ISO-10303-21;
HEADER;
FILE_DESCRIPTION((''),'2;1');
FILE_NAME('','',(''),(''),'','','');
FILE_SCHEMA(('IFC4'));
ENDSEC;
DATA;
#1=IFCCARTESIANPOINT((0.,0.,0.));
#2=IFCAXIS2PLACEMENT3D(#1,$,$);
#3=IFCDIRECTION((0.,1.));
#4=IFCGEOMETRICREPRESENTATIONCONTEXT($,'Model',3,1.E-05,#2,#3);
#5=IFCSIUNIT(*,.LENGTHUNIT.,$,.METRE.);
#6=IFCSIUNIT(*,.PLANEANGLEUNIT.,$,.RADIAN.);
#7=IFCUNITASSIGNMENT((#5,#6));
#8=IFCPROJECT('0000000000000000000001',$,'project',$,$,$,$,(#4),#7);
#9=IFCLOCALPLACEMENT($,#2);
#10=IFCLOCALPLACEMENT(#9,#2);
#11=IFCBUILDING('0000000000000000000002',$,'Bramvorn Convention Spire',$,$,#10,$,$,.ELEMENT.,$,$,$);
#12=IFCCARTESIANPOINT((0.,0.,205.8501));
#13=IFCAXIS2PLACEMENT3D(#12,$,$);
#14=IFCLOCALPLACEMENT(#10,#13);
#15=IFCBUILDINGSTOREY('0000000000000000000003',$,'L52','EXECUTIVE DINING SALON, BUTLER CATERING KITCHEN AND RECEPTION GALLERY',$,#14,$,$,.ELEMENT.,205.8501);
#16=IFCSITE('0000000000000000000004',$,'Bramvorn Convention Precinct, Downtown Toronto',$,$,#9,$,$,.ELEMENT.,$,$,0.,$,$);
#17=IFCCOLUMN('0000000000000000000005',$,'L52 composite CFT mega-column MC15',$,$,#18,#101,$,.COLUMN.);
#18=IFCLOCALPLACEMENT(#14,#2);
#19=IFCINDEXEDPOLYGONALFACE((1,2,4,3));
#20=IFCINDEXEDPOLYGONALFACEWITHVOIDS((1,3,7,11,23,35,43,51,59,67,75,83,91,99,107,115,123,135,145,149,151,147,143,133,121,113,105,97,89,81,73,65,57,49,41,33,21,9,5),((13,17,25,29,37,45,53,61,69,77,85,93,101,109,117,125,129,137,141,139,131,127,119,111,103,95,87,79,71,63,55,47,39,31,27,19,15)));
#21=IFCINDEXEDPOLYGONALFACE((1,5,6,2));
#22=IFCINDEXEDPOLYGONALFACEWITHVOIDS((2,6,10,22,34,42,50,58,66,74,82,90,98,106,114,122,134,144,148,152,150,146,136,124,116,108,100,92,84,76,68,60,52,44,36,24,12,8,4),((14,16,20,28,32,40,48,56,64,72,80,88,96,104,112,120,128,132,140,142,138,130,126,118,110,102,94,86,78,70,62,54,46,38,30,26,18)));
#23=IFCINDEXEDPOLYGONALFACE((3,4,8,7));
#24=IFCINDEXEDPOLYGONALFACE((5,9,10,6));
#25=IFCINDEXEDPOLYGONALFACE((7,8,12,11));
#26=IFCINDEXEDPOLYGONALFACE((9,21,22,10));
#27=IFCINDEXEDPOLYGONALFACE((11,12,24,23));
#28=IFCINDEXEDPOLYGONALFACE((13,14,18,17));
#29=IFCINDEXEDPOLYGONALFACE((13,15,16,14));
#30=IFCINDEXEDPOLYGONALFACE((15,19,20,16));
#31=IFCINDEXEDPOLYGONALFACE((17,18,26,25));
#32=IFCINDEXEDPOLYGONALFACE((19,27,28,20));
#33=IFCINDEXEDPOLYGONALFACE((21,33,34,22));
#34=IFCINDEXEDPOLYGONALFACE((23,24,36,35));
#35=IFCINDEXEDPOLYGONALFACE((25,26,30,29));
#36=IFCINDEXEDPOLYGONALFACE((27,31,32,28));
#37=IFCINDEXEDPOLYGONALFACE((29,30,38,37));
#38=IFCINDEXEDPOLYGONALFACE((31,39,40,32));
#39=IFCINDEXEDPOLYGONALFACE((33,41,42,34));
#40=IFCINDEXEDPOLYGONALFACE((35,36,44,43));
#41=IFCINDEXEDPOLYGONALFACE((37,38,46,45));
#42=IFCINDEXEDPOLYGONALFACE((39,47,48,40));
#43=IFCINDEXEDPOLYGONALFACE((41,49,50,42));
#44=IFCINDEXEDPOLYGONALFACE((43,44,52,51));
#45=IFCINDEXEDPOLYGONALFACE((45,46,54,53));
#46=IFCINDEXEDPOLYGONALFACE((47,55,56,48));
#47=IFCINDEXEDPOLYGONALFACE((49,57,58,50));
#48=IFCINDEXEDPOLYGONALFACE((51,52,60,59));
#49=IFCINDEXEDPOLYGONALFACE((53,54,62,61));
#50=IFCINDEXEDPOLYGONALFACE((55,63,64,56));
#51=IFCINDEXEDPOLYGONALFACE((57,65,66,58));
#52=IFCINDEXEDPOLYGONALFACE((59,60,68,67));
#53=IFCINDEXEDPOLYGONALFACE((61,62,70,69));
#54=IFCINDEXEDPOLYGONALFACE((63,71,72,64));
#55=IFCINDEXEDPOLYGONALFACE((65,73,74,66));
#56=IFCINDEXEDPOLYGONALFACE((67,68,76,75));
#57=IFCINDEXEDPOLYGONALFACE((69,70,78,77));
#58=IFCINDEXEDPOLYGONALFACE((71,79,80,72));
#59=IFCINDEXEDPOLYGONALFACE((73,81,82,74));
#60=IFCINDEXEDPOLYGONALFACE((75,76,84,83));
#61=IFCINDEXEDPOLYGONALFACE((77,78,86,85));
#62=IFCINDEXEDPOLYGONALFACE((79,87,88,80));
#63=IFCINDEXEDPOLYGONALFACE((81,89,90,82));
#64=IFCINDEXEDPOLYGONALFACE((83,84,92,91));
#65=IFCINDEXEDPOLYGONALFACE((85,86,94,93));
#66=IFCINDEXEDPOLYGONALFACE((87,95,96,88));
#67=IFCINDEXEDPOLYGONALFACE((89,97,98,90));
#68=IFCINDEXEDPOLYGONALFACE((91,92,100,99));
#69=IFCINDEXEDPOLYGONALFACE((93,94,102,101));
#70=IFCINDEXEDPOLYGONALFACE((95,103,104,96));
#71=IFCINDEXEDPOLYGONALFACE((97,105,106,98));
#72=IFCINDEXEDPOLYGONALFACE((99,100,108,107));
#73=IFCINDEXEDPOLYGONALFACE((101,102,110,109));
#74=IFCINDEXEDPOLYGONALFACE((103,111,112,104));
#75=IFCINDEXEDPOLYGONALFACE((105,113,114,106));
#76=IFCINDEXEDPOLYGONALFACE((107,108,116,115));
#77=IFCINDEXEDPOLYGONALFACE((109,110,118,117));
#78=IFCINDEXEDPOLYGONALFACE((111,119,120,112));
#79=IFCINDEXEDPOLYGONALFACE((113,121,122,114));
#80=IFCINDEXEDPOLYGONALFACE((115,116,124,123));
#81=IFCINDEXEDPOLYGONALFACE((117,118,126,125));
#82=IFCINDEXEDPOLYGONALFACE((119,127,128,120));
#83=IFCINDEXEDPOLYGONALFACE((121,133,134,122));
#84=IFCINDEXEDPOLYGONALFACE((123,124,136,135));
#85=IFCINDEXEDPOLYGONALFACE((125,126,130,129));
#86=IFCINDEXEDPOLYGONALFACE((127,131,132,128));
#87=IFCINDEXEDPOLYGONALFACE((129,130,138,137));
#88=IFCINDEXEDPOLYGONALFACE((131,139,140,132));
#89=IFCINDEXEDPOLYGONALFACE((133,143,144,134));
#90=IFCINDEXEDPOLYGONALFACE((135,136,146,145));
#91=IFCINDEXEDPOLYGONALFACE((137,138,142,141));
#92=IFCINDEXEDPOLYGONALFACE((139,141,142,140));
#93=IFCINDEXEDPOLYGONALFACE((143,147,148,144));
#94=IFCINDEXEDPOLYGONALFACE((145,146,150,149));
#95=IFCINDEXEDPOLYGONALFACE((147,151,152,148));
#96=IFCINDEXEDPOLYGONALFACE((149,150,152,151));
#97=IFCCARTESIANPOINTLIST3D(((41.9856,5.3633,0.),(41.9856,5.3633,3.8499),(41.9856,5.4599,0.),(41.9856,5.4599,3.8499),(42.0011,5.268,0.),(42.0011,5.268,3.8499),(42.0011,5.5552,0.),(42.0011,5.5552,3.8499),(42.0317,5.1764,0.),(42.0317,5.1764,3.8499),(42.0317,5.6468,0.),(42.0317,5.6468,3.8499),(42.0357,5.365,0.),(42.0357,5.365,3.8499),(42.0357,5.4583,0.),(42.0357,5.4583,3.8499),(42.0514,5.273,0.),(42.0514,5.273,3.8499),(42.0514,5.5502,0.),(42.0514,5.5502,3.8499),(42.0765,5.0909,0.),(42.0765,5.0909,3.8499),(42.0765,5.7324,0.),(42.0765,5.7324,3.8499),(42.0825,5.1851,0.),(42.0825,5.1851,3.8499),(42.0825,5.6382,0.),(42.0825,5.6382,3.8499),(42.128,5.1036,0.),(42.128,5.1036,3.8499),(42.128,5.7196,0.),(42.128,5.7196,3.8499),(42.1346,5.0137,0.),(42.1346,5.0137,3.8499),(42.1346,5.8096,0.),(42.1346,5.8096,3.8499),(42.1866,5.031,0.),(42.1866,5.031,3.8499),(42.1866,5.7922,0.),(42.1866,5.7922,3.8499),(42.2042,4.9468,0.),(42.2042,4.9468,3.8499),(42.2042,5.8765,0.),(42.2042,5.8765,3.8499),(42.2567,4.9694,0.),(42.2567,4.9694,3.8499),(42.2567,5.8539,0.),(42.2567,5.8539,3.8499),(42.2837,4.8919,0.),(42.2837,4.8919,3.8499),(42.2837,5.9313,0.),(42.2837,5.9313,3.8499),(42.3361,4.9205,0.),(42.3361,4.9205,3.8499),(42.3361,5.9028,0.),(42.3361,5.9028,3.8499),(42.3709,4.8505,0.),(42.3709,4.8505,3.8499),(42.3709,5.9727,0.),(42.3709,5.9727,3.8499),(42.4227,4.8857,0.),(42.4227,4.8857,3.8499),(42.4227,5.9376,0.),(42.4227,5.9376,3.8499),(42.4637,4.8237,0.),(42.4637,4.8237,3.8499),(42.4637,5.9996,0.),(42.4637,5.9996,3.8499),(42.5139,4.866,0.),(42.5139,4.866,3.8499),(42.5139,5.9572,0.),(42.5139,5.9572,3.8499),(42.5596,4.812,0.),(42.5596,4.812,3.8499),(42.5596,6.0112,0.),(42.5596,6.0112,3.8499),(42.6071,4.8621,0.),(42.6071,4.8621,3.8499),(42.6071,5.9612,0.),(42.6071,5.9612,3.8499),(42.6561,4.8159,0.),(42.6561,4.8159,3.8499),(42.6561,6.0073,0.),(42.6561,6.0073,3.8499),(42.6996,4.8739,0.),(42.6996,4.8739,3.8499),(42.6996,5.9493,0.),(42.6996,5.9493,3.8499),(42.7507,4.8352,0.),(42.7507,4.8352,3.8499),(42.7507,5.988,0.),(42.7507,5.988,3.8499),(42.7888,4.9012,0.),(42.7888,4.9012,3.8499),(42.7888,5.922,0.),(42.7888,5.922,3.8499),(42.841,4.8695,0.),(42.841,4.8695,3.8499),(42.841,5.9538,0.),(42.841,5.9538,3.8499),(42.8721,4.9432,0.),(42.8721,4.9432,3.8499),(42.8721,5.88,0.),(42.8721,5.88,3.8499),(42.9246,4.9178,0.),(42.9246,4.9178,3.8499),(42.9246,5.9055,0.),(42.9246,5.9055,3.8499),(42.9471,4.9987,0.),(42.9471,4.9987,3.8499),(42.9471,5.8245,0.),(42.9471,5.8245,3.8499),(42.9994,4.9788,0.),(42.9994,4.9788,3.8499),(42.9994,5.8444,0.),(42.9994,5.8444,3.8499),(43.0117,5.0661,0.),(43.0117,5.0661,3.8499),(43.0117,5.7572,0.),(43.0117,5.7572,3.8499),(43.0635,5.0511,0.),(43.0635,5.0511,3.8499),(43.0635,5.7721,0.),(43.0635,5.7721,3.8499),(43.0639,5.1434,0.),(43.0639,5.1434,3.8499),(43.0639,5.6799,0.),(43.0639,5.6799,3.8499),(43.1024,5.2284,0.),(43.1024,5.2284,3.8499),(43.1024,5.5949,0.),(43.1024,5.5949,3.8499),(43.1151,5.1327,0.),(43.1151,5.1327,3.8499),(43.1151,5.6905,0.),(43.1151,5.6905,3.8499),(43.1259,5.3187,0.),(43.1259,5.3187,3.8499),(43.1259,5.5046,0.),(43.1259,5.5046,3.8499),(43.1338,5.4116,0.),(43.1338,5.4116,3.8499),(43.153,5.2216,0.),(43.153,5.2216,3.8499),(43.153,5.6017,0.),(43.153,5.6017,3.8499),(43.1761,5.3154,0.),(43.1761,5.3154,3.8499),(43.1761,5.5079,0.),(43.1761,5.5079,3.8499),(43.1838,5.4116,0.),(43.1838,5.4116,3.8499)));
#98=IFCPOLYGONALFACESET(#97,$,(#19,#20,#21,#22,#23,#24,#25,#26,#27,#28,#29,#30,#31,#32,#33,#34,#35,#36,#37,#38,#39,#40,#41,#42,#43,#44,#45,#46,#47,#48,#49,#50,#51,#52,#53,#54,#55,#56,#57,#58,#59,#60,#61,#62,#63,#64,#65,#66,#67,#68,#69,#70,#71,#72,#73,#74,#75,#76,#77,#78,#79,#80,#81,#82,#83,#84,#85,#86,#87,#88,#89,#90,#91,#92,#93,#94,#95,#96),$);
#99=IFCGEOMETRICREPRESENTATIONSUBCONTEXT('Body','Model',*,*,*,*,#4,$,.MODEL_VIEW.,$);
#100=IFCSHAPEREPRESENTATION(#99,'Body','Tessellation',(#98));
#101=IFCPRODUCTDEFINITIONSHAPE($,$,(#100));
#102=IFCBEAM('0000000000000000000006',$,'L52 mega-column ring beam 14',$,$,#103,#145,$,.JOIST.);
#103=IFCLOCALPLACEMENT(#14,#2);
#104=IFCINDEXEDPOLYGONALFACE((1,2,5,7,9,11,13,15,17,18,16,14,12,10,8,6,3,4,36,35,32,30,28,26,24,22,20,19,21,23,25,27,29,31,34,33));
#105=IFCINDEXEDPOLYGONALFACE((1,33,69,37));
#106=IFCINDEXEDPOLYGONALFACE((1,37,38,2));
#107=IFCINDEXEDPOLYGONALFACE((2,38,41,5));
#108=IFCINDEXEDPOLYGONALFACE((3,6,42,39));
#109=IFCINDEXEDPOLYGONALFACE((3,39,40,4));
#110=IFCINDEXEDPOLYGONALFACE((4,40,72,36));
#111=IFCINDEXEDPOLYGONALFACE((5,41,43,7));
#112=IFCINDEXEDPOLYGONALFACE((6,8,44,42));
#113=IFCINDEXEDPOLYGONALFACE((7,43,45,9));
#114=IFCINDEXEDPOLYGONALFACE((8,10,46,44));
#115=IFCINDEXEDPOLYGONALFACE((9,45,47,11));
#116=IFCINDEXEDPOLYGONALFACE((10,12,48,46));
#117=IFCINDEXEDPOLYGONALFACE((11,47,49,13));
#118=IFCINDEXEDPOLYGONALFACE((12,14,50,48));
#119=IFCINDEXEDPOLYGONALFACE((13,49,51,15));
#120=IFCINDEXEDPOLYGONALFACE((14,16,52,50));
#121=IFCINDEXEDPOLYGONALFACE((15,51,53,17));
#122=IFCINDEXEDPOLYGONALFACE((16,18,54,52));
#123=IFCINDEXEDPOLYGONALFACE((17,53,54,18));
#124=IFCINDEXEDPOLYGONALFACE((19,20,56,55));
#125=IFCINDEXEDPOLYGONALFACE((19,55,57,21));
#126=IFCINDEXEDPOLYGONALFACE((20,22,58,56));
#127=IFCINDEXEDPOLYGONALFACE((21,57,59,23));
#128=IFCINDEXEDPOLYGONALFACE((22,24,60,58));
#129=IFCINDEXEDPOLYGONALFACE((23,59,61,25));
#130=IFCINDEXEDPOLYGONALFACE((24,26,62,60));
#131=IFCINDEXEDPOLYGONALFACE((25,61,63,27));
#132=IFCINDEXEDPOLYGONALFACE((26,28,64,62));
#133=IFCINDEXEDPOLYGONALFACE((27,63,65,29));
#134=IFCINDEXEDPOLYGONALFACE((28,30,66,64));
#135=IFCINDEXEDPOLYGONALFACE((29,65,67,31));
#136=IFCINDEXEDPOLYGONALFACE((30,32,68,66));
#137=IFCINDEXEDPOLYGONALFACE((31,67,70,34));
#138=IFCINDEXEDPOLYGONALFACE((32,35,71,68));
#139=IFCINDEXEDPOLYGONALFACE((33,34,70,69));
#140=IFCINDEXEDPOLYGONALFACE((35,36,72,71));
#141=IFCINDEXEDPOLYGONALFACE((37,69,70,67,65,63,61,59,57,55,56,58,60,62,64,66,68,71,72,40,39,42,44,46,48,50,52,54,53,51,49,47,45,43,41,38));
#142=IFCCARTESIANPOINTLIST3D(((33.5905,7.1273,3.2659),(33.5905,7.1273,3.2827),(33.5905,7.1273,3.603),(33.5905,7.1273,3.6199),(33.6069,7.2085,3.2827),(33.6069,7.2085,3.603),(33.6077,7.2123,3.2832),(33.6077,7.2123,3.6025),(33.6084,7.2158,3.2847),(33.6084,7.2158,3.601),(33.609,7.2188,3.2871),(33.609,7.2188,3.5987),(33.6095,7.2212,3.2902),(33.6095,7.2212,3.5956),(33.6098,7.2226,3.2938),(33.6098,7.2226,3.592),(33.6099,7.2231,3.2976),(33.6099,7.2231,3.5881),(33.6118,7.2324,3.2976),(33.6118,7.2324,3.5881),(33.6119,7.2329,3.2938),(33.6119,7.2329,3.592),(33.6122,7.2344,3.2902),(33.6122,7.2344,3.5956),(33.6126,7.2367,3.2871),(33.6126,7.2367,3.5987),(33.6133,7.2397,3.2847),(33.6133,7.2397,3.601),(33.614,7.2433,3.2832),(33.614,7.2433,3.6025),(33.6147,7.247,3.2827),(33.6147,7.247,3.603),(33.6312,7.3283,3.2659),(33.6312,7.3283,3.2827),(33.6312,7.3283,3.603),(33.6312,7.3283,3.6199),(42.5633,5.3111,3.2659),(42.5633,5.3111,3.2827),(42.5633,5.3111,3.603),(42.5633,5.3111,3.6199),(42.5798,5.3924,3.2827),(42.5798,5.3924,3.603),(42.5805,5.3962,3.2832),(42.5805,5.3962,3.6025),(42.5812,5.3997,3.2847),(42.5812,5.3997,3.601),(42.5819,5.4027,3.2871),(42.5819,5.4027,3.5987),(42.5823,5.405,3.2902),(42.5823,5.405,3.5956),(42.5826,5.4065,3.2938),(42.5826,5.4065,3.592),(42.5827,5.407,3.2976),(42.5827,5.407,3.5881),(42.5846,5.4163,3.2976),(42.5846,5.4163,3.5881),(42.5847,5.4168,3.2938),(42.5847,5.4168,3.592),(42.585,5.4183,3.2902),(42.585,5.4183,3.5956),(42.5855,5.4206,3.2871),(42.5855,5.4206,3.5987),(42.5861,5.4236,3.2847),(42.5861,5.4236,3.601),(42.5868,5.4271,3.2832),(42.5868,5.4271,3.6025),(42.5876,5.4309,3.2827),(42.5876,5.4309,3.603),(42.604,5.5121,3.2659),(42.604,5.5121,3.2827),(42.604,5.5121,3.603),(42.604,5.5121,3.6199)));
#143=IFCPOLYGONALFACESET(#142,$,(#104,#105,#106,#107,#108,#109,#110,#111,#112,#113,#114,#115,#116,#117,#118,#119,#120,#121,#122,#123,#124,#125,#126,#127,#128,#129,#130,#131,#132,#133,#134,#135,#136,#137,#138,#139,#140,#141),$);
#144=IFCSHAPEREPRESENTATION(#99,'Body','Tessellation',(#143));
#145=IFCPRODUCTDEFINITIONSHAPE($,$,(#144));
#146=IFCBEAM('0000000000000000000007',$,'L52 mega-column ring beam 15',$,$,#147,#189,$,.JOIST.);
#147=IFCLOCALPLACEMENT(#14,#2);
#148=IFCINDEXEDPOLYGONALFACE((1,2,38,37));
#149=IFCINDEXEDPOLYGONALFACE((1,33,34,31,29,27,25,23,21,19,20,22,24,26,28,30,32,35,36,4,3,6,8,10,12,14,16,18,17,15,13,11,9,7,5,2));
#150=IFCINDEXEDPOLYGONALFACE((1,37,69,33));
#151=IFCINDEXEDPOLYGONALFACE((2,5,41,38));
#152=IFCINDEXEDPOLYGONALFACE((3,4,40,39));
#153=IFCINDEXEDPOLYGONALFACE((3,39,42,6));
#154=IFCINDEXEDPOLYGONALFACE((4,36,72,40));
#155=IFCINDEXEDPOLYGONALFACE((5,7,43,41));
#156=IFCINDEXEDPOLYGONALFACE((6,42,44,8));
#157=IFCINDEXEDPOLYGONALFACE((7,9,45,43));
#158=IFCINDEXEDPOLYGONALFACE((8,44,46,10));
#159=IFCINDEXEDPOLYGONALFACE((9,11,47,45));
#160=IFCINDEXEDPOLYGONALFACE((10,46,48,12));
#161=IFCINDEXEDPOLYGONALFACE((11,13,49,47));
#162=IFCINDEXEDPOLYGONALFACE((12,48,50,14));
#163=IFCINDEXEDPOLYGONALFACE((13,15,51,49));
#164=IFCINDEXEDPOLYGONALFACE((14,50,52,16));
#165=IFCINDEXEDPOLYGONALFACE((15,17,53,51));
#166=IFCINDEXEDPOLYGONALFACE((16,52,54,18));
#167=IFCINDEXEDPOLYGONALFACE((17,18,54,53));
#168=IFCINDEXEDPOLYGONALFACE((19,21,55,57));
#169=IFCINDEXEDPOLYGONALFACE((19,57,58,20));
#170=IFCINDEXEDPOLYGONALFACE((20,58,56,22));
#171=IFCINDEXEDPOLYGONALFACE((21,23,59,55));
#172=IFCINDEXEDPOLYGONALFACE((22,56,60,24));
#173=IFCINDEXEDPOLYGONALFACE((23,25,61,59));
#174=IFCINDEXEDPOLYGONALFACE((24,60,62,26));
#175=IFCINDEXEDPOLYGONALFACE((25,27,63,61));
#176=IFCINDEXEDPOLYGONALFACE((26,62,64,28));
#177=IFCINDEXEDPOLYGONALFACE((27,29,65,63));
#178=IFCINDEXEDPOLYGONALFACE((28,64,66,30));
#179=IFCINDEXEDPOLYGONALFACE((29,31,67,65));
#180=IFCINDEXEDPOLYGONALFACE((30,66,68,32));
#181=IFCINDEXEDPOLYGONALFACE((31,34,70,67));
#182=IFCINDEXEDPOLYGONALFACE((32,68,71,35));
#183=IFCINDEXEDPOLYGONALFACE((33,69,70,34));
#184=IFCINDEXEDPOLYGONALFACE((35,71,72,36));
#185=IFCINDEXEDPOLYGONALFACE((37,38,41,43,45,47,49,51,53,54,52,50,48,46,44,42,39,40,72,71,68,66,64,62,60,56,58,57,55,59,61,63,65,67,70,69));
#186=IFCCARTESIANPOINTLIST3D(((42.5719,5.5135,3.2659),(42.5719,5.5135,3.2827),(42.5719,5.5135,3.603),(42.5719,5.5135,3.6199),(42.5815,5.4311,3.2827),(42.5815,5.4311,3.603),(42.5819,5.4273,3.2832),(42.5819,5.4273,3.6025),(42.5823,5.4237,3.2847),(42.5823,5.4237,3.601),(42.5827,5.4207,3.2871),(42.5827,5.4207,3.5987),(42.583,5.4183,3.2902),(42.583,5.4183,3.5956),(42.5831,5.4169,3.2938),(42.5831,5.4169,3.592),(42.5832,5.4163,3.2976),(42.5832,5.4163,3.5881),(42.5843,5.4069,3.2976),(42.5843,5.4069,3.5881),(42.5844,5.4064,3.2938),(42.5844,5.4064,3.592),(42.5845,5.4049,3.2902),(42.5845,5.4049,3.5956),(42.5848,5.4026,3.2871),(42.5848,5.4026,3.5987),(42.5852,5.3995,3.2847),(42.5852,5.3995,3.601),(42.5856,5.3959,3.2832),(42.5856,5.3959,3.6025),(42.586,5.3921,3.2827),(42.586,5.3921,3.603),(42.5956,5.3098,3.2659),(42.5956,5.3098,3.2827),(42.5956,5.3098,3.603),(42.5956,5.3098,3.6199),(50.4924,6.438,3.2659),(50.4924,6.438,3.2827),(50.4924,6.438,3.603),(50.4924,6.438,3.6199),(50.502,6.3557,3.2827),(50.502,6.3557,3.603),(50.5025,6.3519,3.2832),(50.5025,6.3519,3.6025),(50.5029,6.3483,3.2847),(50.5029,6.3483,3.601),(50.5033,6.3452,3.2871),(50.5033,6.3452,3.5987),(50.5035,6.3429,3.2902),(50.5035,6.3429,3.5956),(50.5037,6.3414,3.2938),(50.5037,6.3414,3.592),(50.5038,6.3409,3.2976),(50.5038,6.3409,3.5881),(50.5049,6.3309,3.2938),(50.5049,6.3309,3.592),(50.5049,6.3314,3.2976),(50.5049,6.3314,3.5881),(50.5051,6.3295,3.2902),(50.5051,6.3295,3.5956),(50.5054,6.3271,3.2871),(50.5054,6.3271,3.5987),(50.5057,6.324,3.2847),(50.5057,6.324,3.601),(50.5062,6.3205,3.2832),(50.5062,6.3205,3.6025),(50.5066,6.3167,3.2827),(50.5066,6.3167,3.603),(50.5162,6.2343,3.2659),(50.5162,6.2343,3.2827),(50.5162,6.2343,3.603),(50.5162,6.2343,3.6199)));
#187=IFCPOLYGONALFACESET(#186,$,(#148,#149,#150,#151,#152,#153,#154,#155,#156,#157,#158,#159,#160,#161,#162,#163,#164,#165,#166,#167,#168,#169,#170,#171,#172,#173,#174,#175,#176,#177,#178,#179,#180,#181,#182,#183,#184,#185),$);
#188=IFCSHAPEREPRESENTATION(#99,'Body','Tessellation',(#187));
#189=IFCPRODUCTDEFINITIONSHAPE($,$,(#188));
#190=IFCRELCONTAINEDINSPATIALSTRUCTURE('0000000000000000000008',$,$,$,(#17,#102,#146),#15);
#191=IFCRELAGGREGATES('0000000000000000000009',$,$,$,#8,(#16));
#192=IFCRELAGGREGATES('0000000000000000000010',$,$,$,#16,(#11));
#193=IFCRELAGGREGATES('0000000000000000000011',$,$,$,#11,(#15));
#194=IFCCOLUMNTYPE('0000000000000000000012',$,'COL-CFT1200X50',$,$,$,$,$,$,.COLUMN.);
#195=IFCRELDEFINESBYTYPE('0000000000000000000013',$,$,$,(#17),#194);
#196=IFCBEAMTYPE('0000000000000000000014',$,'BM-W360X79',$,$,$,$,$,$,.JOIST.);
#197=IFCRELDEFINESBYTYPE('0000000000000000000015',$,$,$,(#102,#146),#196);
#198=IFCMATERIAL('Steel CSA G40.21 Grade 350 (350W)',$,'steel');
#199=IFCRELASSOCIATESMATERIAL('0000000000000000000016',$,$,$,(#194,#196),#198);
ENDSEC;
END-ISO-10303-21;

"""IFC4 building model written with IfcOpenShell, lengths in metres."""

from ifc_helpers import new_model, si_unit, direction, frame, origin, origin_2d, place, context, subcontext, project, spatial, hollow_circle, i_section, extrude, material, material_profile, profile_set, type_object, element, save


model = new_model("IFC4")

# Units and contexts
model_context = context("Model", 3, precision=1e-05, world=origin(), true_north=direction((0.0, 1.0)))
body_context = subcontext(model_context, "Body", "Model", "MODEL_VIEW")
ifc_project = project(units=[si_unit("LENGTHUNIT", "METRE"), si_unit("PLANEANGLEUNIT", "RADIAN")], contexts=[model_context])

# Site, building, storey
site_placement = place(None, origin())
site = spatial("IfcSite", under=ifc_project, at=site_placement, Name="Bramvorn Convention Precinct, Downtown Toronto", CompositionType="ELEMENT", RefElevation=0.0)
building_placement = place(site_placement, origin())
building = spatial("IfcBuilding", under=site, at=building_placement, Name="Bramvorn Convention Spire", CompositionType="ELEMENT")
storey_placement = place(building_placement, frame((0.0, 0.0, 205.8501)))
storey = spatial("IfcBuildingStorey", under=building, at=storey_placement, Name="L52", Description="EXECUTIVE DINING SALON, BUTLER CATERING KITCHEN AND RECEPTION GALLERY", CompositionType="ELEMENT", Elevation=205.8501)

# Column
ifc_material_1 = material(Name="Steel CSA G40.21 Grade 350 (350W)", Category="steel")
ifc_material_profile_1 = material_profile(ifc_material_1, hollow_circle(Radius=0.6001, WallThickness=0.05, at=origin_2d()))
ifc_profile_set_1 = profile_set([ifc_material_profile_1], Name="Steel CSA G40.21 Grade 350 (350W) - CFT1200X50")
column_type = type_object("IfcColumnType", Name="COL-CFT1200X50", PredefinedType="COLUMN", material=ifc_profile_set_1)
column_placement = place(storey_placement, frame((42.5837, 5.4116, 0.0), z_axis=(0.0, 0.0, 1.0), x_axis=(1.0, 0.0, 0.0)))
element("IfcColumn", 1, at=column_placement, inside=storey, type_object=column_type, Name="L52 composite CFT mega-column MC15", PredefinedType="COLUMN", context=body_context, shape_type="SweptSolid", body=[
    extrude(hollow_circle(Radius=0.6001, WallThickness=0.05, at=origin_2d()), origin(), (0.0, 0.0, 1.0), 3.8499),
])

# Beams
ifc_material_profile_2 = material_profile(ifc_material_1, i_section(OverallWidth=0.2051, OverallDepth=0.354, WebThickness=0.0095, FlangeThickness=0.0168, FilletRadius=0.0149, at=origin_2d()))
ifc_profile_set_2 = profile_set([ifc_material_profile_2], Name="Steel CSA G40.21 Grade 350 (350W) - W360X79")
beam_type_1 = type_object("IfcBeamType", Name="BM-W360X79", PredefinedType="JOIST", material=ifc_profile_set_2)
beam_1_placement = place(storey_placement, frame((33.6108, 7.2278, 3.4429), z_axis=(0.980125, -0.198382, 0.0), x_axis=(0.198382, 0.980125, 0.0)))
element("IfcBeam", 2, at=beam_1_placement, inside=storey, type_object=beam_type_1, Name="L52 mega-column ring beam 14", PredefinedType="JOIST", context=body_context, shape_type="SweptSolid", body=[
    extrude(i_section(OverallWidth=0.2051, OverallDepth=0.354, WebThickness=0.0095, FlangeThickness=0.0168, FilletRadius=0.0149, at=origin_2d()), origin(), (0.0, 0.0, 1.0), 9.1548),
])
beam_2_placement = place(storey_placement, frame((42.5837, 5.4116, 3.4429), z_axis=(0.993256, 0.115941, 0.0), x_axis=(-0.115941, 0.993256, 0.0)))
element("IfcBeam", 3, at=beam_2_placement, inside=storey, type_object=beam_type_1, Name="L52 mega-column ring beam 15", PredefinedType="JOIST", context=body_context, shape_type="SweptSolid", body=[
    extrude(i_section(OverallWidth=0.2051, OverallDepth=0.354, WebThickness=0.0095, FlangeThickness=0.0168, FilletRadius=0.0149, at=origin_2d()), origin(), (0.0, 0.0, 1.0), 7.9744),
])

save(model, "model.ifc")
